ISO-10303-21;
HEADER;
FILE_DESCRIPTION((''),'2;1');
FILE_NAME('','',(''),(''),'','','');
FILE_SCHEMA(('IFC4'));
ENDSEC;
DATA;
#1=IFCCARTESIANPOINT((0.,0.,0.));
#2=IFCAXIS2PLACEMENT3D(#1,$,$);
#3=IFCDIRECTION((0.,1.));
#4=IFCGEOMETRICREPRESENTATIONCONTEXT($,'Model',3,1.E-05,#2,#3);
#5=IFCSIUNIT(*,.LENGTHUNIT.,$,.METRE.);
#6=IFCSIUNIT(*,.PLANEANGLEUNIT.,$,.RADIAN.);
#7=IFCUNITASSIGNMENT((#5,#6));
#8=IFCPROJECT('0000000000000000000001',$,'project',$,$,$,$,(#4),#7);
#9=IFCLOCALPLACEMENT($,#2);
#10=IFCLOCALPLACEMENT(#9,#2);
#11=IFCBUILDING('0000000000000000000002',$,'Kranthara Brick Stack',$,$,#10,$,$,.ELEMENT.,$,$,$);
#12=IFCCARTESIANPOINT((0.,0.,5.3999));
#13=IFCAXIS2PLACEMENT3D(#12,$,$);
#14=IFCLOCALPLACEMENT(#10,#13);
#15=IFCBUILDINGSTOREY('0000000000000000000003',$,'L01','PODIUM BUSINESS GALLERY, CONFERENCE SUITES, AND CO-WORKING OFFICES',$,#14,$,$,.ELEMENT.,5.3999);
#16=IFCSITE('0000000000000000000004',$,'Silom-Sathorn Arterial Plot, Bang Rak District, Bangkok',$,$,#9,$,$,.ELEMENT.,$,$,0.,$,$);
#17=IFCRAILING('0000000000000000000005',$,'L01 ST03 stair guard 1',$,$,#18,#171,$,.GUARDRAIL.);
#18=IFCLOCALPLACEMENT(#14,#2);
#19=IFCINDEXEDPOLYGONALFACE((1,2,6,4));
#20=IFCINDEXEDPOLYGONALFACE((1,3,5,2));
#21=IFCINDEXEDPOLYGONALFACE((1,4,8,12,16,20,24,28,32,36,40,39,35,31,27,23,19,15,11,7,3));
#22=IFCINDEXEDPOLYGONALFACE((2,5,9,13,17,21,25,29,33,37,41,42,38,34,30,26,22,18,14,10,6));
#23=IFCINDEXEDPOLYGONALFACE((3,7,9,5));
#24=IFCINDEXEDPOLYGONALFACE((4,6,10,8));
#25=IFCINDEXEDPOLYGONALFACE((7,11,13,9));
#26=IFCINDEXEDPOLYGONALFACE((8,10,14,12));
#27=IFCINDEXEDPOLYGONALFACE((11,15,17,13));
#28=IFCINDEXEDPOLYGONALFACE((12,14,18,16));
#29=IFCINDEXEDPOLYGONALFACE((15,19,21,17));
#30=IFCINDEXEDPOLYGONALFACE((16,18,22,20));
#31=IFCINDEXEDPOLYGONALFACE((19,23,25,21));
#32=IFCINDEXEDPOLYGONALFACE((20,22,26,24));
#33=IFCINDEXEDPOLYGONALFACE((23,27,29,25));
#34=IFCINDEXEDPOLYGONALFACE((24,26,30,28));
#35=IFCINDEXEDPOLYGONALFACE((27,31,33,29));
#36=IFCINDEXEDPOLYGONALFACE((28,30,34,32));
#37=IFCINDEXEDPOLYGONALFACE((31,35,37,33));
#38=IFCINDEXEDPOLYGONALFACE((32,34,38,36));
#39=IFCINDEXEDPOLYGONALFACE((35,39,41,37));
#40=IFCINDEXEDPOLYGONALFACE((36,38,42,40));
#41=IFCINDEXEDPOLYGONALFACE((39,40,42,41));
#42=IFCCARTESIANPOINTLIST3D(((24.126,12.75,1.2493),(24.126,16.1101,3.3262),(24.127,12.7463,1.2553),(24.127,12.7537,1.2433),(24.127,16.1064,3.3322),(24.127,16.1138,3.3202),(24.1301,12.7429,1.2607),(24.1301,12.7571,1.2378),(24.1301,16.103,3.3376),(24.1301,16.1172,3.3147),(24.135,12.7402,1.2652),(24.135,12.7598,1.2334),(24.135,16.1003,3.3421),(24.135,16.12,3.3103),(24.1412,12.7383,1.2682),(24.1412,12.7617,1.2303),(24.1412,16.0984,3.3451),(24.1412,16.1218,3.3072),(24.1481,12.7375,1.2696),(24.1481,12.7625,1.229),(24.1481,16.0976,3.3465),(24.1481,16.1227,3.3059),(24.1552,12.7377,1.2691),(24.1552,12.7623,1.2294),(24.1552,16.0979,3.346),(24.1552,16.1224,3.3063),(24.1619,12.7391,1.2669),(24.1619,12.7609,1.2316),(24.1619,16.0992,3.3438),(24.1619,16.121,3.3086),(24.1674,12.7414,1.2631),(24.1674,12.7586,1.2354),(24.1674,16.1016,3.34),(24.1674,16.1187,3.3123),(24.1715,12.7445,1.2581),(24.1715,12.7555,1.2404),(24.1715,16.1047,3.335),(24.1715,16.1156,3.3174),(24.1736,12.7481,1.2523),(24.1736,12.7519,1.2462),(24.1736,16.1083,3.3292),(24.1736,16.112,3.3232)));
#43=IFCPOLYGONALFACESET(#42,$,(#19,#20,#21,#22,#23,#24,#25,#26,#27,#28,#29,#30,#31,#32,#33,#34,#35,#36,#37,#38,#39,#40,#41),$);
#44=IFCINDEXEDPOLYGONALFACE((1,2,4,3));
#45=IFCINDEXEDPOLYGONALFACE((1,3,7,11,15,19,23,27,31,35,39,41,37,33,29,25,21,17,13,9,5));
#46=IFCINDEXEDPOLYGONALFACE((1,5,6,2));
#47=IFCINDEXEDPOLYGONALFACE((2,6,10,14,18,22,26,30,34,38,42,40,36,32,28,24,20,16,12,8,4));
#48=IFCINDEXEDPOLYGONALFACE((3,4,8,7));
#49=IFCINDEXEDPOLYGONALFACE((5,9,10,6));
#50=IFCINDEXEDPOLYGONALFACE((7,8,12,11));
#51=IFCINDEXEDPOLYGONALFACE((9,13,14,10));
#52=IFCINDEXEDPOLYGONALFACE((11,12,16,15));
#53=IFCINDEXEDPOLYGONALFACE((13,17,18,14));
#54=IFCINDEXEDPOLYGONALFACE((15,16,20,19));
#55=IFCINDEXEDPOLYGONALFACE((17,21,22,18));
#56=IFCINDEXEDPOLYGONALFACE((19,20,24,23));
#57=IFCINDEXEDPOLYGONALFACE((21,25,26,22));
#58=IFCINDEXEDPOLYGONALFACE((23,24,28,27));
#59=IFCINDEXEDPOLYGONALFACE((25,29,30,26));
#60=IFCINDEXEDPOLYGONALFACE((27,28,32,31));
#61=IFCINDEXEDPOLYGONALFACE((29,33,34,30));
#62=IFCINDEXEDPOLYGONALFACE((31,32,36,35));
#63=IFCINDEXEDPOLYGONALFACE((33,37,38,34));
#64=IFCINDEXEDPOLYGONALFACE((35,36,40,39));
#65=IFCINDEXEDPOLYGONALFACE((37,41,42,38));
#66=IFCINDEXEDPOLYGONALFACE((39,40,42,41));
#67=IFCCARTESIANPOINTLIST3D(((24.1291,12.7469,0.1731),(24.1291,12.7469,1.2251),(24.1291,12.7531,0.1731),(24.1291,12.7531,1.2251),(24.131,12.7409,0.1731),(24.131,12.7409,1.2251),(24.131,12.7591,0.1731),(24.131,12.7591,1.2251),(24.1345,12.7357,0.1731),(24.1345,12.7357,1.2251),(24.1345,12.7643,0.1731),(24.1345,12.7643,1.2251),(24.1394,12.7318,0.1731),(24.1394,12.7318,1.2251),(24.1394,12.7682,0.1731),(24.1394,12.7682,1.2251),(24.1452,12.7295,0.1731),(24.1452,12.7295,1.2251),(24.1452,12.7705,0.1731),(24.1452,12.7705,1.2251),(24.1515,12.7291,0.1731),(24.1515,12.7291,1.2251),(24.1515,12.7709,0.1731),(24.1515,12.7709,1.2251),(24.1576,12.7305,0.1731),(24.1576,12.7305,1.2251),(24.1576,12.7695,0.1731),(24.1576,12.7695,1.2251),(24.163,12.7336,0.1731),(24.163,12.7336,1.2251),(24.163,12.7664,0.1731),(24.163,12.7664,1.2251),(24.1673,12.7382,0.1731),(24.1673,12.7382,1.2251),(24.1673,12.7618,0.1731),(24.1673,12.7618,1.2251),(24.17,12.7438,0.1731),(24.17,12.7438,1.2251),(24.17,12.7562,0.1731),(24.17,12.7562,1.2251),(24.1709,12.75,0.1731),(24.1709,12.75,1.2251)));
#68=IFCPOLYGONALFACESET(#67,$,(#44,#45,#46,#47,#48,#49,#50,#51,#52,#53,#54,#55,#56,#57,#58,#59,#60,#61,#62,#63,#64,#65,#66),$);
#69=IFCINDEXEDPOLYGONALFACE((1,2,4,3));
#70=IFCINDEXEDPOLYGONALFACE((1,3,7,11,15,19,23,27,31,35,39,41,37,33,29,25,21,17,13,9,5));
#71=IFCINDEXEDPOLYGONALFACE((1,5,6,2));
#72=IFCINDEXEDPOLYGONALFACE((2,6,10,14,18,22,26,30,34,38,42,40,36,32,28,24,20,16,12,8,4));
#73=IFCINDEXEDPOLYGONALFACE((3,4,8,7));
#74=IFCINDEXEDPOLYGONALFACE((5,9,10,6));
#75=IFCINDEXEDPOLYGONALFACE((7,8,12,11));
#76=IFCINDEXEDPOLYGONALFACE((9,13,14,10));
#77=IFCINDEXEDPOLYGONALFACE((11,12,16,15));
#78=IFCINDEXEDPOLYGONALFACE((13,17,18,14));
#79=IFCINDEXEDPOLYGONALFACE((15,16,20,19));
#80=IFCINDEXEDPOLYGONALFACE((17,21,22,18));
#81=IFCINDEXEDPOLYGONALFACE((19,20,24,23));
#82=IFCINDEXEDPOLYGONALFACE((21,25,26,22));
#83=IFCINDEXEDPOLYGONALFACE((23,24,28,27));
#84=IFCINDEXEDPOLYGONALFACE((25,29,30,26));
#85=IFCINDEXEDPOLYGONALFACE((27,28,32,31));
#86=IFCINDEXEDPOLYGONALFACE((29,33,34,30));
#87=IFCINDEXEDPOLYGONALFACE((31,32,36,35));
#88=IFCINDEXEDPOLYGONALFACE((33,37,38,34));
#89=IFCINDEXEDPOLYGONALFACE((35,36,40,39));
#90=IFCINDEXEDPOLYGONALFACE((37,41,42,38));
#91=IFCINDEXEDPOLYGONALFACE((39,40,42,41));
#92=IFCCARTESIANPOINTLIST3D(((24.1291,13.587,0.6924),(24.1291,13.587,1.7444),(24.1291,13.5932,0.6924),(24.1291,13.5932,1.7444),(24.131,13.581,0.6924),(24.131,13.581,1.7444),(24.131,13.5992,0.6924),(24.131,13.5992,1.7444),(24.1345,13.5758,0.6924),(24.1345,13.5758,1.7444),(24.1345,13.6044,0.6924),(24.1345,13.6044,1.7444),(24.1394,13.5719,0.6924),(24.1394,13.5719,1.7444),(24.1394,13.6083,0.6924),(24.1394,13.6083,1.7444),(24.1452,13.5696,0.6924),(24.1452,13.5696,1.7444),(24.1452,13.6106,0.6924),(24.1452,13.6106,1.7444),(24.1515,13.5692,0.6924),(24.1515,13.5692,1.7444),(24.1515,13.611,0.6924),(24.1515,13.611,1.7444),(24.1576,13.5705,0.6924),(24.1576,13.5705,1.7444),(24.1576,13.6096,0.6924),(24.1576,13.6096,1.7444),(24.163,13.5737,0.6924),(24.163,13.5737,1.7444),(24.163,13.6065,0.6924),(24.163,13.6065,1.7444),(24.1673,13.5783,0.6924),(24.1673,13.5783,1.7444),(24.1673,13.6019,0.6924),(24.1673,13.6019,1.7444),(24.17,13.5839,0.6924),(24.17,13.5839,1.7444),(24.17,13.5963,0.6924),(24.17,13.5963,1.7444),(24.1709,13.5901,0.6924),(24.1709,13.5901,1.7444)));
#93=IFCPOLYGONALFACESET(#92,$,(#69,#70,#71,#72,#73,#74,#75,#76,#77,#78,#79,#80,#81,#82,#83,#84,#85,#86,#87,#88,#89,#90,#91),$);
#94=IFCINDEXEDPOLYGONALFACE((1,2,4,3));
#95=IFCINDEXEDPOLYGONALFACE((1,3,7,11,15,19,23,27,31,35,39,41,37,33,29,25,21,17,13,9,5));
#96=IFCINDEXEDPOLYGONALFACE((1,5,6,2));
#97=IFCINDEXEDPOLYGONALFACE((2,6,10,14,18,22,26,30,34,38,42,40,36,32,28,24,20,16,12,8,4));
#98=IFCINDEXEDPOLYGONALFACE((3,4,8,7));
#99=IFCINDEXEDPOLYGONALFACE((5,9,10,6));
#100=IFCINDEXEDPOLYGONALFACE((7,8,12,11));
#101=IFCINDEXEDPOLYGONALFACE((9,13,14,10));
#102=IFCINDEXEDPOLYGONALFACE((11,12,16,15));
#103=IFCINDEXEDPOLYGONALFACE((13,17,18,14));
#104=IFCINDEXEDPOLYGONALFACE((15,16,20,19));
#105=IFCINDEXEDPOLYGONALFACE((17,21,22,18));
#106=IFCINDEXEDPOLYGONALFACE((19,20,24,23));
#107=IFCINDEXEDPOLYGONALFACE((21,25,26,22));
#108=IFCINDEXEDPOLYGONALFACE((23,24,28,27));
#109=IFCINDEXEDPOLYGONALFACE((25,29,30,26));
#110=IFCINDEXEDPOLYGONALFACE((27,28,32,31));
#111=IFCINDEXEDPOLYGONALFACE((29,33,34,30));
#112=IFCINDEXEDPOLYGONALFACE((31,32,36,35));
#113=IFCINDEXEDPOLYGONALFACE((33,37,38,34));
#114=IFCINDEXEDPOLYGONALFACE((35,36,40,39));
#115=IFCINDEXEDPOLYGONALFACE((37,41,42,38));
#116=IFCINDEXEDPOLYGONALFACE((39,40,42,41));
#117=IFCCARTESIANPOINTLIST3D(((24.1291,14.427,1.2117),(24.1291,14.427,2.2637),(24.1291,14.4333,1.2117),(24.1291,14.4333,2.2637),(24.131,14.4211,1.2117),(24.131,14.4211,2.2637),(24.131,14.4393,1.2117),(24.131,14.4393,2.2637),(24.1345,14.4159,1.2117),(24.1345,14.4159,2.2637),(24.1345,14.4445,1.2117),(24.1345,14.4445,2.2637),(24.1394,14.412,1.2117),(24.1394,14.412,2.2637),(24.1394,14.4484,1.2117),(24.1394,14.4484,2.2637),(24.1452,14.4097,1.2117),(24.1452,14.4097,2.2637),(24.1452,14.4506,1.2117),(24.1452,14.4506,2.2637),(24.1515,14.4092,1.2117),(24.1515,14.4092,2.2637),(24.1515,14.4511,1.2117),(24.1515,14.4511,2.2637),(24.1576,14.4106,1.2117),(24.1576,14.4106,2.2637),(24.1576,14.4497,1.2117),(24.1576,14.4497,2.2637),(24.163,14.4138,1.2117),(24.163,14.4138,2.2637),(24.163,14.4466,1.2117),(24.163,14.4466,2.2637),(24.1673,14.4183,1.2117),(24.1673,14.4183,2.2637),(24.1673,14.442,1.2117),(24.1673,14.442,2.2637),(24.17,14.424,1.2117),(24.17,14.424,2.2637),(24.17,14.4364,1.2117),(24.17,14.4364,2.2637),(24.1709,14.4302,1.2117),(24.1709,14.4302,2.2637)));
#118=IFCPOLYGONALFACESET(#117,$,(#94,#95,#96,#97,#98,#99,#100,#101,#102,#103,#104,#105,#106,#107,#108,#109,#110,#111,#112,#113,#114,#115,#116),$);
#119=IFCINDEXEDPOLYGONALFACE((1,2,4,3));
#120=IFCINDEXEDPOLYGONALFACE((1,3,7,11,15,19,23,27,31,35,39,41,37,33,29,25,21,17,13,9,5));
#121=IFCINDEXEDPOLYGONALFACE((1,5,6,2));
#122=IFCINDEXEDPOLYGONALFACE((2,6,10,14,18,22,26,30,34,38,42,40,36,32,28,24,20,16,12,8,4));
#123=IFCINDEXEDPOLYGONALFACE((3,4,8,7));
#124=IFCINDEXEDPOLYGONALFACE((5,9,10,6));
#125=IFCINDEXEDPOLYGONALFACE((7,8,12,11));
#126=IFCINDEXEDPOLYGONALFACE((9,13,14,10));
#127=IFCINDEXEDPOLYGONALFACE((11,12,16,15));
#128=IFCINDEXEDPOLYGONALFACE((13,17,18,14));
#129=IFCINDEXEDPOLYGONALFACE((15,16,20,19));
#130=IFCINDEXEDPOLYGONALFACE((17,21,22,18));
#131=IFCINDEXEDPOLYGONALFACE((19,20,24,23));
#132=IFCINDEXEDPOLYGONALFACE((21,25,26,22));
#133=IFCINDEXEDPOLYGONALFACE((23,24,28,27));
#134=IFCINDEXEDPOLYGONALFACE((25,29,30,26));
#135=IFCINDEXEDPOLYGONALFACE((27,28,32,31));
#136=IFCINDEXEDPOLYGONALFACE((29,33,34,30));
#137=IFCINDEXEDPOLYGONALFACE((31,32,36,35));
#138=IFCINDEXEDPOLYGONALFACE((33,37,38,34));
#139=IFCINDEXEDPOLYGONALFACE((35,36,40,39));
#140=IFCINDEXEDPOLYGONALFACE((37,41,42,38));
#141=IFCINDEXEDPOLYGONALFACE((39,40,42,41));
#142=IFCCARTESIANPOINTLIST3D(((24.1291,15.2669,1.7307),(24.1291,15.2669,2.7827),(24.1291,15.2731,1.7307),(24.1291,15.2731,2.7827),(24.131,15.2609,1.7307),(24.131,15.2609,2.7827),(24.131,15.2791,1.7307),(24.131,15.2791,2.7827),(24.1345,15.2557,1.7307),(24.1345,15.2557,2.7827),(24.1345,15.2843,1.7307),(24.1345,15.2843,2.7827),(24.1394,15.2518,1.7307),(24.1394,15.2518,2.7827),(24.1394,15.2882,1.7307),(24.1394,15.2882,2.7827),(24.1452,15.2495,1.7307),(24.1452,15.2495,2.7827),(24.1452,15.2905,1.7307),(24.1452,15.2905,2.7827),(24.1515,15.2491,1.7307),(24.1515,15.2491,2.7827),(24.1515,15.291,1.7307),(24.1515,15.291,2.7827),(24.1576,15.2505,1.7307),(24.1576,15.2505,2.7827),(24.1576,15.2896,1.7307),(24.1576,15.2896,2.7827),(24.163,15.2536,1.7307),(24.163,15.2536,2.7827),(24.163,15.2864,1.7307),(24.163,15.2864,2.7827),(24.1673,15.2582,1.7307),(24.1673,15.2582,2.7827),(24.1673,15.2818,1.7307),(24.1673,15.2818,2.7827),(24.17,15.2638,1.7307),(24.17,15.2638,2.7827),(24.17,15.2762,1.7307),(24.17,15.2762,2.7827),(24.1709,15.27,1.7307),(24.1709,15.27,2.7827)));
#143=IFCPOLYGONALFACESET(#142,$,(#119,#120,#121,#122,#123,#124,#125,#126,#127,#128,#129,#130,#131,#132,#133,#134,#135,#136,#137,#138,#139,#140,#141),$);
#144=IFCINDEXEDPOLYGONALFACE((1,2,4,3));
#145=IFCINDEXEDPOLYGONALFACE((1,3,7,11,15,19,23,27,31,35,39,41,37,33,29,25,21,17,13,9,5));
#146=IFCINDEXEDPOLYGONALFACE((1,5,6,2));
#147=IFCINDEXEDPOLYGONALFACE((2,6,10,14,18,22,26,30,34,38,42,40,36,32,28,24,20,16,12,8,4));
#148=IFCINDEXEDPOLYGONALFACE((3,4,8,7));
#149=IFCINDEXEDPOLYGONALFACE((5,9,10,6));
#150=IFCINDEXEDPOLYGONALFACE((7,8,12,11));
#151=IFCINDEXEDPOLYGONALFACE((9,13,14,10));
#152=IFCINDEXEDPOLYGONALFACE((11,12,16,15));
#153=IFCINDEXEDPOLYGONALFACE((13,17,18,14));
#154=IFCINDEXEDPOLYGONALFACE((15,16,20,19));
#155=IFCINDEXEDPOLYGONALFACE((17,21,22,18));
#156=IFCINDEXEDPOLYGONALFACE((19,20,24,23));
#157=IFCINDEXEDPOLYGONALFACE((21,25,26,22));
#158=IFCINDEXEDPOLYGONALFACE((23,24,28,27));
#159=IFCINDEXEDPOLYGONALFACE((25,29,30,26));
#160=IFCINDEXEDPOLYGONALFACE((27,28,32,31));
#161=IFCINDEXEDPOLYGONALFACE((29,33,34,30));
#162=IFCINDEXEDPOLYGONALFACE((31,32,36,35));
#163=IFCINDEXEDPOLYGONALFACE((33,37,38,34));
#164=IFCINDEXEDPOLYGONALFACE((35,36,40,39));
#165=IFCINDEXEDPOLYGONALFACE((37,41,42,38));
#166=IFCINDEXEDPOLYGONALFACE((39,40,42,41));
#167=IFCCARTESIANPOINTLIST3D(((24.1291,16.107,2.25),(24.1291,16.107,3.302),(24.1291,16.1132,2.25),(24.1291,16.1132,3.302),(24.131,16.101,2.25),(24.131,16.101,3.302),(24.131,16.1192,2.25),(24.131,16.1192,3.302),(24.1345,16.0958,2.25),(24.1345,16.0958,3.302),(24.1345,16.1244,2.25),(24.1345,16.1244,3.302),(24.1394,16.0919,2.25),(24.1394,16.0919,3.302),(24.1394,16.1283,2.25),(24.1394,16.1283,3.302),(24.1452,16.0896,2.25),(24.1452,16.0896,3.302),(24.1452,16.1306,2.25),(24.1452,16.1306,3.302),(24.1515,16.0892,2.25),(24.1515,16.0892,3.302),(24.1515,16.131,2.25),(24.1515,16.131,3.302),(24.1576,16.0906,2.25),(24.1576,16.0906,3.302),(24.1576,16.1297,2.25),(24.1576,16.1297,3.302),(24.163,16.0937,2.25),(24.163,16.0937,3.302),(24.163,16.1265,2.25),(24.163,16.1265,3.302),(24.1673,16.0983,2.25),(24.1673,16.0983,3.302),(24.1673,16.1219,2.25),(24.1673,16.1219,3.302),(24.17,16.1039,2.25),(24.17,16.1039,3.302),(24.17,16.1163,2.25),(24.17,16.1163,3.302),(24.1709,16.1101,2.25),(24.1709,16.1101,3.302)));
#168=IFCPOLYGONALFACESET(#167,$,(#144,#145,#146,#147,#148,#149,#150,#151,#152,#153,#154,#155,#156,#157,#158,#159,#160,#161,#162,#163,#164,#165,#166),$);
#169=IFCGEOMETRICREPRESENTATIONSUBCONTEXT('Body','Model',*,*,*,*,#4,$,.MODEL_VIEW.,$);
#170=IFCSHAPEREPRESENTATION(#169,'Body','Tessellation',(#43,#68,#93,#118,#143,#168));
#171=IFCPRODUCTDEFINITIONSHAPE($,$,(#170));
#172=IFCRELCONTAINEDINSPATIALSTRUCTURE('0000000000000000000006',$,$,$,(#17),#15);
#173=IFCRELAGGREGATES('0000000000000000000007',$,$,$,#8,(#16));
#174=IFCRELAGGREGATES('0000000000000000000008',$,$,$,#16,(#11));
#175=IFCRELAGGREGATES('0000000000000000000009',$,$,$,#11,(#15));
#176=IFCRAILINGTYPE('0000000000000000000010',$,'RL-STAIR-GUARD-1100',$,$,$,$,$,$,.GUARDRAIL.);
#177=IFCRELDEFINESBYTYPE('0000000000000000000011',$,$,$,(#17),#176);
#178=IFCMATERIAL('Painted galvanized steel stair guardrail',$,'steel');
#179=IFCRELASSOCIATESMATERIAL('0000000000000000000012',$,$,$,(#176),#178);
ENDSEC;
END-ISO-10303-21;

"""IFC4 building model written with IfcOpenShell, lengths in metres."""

from ifc_helpers import new_model, si_unit, direction, frame, origin, origin_2d, place, context, subcontext, project, spatial, circle, extrude, material, type_object, element, save


model = new_model("IFC4")

# Units and contexts
model_context = context("Model", 3, precision=1e-05, world=origin(), true_north=direction((0.0, 1.0)))
body_context = subcontext(model_context, "Body", "Model", "MODEL_VIEW")
ifc_project = project(units=[si_unit("LENGTHUNIT", "METRE"), si_unit("PLANEANGLEUNIT", "RADIAN")], contexts=[model_context])

# Site, building, storey
site_placement = place(None, origin())
site = spatial("IfcSite", under=ifc_project, at=site_placement, Name="Silom-Sathorn Arterial Plot, Bang Rak District, Bangkok", CompositionType="ELEMENT", RefElevation=0.0)
building_placement = place(site_placement, origin())
building = spatial("IfcBuilding", under=site, at=building_placement, Name="Kranthara Brick Stack", CompositionType="ELEMENT")
storey_placement = place(building_placement, frame((0.0, 0.0, 5.3999)))
storey = spatial("IfcBuildingStorey", under=building, at=storey_placement, Name="L01", Description="PODIUM BUSINESS GALLERY, CONFERENCE SUITES, AND CO-WORKING OFFICES", CompositionType="ELEMENT", Elevation=5.3999)

# Railing
ifc_material_1 = material(Name="Painted galvanized steel stair guardrail", Category="steel")
railing_type = type_object("IfcRailingType", Name="RL-STAIR-GUARD-1100", PredefinedType="GUARDRAIL", material=ifc_material_1)
railing_1_placement = place(storey_placement, frame((24.1499, 12.75, 0.1731)))
element("IfcRailing", 1, at=railing_1_placement, inside=storey, type_object=railing_type, Name="L01 ST03 stair guard 1", PredefinedType="GUARDRAIL", context=body_context, shape_type="SweptSolid", body=[
    extrude(circle(Radius=0.0239, at=origin_2d()), frame((0.0, 0.0, 1.0762), z_axis=(0.0, 0.850623, 0.525776), x_axis=(-1.0, 0.0, 0.0)), (0.0, 0.0, 1.0), 3.9502),
    extrude(circle(Radius=0.021, at=origin_2d()), origin(), (0.0, 0.0, 1.0), 1.052),
    extrude(circle(Radius=0.021, at=origin_2d()), frame((0.0, 0.8401, 0.5193)), (0.0, 0.0, 1.0), 1.052),
    extrude(circle(Radius=0.021, at=origin_2d()), frame((0.0, 1.6802, 1.0386)), (0.0, 0.0, 1.0), 1.052),
    extrude(circle(Radius=0.021, at=origin_2d()), frame((0.0, 2.52, 1.5576)), (0.0, 0.0, 1.0), 1.052),
    extrude(circle(Radius=0.021, at=origin_2d()), frame((0.0, 3.3601, 2.0769)), (0.0, 0.0, 1.0), 1.052),
])

save(model, "model.ifc")
